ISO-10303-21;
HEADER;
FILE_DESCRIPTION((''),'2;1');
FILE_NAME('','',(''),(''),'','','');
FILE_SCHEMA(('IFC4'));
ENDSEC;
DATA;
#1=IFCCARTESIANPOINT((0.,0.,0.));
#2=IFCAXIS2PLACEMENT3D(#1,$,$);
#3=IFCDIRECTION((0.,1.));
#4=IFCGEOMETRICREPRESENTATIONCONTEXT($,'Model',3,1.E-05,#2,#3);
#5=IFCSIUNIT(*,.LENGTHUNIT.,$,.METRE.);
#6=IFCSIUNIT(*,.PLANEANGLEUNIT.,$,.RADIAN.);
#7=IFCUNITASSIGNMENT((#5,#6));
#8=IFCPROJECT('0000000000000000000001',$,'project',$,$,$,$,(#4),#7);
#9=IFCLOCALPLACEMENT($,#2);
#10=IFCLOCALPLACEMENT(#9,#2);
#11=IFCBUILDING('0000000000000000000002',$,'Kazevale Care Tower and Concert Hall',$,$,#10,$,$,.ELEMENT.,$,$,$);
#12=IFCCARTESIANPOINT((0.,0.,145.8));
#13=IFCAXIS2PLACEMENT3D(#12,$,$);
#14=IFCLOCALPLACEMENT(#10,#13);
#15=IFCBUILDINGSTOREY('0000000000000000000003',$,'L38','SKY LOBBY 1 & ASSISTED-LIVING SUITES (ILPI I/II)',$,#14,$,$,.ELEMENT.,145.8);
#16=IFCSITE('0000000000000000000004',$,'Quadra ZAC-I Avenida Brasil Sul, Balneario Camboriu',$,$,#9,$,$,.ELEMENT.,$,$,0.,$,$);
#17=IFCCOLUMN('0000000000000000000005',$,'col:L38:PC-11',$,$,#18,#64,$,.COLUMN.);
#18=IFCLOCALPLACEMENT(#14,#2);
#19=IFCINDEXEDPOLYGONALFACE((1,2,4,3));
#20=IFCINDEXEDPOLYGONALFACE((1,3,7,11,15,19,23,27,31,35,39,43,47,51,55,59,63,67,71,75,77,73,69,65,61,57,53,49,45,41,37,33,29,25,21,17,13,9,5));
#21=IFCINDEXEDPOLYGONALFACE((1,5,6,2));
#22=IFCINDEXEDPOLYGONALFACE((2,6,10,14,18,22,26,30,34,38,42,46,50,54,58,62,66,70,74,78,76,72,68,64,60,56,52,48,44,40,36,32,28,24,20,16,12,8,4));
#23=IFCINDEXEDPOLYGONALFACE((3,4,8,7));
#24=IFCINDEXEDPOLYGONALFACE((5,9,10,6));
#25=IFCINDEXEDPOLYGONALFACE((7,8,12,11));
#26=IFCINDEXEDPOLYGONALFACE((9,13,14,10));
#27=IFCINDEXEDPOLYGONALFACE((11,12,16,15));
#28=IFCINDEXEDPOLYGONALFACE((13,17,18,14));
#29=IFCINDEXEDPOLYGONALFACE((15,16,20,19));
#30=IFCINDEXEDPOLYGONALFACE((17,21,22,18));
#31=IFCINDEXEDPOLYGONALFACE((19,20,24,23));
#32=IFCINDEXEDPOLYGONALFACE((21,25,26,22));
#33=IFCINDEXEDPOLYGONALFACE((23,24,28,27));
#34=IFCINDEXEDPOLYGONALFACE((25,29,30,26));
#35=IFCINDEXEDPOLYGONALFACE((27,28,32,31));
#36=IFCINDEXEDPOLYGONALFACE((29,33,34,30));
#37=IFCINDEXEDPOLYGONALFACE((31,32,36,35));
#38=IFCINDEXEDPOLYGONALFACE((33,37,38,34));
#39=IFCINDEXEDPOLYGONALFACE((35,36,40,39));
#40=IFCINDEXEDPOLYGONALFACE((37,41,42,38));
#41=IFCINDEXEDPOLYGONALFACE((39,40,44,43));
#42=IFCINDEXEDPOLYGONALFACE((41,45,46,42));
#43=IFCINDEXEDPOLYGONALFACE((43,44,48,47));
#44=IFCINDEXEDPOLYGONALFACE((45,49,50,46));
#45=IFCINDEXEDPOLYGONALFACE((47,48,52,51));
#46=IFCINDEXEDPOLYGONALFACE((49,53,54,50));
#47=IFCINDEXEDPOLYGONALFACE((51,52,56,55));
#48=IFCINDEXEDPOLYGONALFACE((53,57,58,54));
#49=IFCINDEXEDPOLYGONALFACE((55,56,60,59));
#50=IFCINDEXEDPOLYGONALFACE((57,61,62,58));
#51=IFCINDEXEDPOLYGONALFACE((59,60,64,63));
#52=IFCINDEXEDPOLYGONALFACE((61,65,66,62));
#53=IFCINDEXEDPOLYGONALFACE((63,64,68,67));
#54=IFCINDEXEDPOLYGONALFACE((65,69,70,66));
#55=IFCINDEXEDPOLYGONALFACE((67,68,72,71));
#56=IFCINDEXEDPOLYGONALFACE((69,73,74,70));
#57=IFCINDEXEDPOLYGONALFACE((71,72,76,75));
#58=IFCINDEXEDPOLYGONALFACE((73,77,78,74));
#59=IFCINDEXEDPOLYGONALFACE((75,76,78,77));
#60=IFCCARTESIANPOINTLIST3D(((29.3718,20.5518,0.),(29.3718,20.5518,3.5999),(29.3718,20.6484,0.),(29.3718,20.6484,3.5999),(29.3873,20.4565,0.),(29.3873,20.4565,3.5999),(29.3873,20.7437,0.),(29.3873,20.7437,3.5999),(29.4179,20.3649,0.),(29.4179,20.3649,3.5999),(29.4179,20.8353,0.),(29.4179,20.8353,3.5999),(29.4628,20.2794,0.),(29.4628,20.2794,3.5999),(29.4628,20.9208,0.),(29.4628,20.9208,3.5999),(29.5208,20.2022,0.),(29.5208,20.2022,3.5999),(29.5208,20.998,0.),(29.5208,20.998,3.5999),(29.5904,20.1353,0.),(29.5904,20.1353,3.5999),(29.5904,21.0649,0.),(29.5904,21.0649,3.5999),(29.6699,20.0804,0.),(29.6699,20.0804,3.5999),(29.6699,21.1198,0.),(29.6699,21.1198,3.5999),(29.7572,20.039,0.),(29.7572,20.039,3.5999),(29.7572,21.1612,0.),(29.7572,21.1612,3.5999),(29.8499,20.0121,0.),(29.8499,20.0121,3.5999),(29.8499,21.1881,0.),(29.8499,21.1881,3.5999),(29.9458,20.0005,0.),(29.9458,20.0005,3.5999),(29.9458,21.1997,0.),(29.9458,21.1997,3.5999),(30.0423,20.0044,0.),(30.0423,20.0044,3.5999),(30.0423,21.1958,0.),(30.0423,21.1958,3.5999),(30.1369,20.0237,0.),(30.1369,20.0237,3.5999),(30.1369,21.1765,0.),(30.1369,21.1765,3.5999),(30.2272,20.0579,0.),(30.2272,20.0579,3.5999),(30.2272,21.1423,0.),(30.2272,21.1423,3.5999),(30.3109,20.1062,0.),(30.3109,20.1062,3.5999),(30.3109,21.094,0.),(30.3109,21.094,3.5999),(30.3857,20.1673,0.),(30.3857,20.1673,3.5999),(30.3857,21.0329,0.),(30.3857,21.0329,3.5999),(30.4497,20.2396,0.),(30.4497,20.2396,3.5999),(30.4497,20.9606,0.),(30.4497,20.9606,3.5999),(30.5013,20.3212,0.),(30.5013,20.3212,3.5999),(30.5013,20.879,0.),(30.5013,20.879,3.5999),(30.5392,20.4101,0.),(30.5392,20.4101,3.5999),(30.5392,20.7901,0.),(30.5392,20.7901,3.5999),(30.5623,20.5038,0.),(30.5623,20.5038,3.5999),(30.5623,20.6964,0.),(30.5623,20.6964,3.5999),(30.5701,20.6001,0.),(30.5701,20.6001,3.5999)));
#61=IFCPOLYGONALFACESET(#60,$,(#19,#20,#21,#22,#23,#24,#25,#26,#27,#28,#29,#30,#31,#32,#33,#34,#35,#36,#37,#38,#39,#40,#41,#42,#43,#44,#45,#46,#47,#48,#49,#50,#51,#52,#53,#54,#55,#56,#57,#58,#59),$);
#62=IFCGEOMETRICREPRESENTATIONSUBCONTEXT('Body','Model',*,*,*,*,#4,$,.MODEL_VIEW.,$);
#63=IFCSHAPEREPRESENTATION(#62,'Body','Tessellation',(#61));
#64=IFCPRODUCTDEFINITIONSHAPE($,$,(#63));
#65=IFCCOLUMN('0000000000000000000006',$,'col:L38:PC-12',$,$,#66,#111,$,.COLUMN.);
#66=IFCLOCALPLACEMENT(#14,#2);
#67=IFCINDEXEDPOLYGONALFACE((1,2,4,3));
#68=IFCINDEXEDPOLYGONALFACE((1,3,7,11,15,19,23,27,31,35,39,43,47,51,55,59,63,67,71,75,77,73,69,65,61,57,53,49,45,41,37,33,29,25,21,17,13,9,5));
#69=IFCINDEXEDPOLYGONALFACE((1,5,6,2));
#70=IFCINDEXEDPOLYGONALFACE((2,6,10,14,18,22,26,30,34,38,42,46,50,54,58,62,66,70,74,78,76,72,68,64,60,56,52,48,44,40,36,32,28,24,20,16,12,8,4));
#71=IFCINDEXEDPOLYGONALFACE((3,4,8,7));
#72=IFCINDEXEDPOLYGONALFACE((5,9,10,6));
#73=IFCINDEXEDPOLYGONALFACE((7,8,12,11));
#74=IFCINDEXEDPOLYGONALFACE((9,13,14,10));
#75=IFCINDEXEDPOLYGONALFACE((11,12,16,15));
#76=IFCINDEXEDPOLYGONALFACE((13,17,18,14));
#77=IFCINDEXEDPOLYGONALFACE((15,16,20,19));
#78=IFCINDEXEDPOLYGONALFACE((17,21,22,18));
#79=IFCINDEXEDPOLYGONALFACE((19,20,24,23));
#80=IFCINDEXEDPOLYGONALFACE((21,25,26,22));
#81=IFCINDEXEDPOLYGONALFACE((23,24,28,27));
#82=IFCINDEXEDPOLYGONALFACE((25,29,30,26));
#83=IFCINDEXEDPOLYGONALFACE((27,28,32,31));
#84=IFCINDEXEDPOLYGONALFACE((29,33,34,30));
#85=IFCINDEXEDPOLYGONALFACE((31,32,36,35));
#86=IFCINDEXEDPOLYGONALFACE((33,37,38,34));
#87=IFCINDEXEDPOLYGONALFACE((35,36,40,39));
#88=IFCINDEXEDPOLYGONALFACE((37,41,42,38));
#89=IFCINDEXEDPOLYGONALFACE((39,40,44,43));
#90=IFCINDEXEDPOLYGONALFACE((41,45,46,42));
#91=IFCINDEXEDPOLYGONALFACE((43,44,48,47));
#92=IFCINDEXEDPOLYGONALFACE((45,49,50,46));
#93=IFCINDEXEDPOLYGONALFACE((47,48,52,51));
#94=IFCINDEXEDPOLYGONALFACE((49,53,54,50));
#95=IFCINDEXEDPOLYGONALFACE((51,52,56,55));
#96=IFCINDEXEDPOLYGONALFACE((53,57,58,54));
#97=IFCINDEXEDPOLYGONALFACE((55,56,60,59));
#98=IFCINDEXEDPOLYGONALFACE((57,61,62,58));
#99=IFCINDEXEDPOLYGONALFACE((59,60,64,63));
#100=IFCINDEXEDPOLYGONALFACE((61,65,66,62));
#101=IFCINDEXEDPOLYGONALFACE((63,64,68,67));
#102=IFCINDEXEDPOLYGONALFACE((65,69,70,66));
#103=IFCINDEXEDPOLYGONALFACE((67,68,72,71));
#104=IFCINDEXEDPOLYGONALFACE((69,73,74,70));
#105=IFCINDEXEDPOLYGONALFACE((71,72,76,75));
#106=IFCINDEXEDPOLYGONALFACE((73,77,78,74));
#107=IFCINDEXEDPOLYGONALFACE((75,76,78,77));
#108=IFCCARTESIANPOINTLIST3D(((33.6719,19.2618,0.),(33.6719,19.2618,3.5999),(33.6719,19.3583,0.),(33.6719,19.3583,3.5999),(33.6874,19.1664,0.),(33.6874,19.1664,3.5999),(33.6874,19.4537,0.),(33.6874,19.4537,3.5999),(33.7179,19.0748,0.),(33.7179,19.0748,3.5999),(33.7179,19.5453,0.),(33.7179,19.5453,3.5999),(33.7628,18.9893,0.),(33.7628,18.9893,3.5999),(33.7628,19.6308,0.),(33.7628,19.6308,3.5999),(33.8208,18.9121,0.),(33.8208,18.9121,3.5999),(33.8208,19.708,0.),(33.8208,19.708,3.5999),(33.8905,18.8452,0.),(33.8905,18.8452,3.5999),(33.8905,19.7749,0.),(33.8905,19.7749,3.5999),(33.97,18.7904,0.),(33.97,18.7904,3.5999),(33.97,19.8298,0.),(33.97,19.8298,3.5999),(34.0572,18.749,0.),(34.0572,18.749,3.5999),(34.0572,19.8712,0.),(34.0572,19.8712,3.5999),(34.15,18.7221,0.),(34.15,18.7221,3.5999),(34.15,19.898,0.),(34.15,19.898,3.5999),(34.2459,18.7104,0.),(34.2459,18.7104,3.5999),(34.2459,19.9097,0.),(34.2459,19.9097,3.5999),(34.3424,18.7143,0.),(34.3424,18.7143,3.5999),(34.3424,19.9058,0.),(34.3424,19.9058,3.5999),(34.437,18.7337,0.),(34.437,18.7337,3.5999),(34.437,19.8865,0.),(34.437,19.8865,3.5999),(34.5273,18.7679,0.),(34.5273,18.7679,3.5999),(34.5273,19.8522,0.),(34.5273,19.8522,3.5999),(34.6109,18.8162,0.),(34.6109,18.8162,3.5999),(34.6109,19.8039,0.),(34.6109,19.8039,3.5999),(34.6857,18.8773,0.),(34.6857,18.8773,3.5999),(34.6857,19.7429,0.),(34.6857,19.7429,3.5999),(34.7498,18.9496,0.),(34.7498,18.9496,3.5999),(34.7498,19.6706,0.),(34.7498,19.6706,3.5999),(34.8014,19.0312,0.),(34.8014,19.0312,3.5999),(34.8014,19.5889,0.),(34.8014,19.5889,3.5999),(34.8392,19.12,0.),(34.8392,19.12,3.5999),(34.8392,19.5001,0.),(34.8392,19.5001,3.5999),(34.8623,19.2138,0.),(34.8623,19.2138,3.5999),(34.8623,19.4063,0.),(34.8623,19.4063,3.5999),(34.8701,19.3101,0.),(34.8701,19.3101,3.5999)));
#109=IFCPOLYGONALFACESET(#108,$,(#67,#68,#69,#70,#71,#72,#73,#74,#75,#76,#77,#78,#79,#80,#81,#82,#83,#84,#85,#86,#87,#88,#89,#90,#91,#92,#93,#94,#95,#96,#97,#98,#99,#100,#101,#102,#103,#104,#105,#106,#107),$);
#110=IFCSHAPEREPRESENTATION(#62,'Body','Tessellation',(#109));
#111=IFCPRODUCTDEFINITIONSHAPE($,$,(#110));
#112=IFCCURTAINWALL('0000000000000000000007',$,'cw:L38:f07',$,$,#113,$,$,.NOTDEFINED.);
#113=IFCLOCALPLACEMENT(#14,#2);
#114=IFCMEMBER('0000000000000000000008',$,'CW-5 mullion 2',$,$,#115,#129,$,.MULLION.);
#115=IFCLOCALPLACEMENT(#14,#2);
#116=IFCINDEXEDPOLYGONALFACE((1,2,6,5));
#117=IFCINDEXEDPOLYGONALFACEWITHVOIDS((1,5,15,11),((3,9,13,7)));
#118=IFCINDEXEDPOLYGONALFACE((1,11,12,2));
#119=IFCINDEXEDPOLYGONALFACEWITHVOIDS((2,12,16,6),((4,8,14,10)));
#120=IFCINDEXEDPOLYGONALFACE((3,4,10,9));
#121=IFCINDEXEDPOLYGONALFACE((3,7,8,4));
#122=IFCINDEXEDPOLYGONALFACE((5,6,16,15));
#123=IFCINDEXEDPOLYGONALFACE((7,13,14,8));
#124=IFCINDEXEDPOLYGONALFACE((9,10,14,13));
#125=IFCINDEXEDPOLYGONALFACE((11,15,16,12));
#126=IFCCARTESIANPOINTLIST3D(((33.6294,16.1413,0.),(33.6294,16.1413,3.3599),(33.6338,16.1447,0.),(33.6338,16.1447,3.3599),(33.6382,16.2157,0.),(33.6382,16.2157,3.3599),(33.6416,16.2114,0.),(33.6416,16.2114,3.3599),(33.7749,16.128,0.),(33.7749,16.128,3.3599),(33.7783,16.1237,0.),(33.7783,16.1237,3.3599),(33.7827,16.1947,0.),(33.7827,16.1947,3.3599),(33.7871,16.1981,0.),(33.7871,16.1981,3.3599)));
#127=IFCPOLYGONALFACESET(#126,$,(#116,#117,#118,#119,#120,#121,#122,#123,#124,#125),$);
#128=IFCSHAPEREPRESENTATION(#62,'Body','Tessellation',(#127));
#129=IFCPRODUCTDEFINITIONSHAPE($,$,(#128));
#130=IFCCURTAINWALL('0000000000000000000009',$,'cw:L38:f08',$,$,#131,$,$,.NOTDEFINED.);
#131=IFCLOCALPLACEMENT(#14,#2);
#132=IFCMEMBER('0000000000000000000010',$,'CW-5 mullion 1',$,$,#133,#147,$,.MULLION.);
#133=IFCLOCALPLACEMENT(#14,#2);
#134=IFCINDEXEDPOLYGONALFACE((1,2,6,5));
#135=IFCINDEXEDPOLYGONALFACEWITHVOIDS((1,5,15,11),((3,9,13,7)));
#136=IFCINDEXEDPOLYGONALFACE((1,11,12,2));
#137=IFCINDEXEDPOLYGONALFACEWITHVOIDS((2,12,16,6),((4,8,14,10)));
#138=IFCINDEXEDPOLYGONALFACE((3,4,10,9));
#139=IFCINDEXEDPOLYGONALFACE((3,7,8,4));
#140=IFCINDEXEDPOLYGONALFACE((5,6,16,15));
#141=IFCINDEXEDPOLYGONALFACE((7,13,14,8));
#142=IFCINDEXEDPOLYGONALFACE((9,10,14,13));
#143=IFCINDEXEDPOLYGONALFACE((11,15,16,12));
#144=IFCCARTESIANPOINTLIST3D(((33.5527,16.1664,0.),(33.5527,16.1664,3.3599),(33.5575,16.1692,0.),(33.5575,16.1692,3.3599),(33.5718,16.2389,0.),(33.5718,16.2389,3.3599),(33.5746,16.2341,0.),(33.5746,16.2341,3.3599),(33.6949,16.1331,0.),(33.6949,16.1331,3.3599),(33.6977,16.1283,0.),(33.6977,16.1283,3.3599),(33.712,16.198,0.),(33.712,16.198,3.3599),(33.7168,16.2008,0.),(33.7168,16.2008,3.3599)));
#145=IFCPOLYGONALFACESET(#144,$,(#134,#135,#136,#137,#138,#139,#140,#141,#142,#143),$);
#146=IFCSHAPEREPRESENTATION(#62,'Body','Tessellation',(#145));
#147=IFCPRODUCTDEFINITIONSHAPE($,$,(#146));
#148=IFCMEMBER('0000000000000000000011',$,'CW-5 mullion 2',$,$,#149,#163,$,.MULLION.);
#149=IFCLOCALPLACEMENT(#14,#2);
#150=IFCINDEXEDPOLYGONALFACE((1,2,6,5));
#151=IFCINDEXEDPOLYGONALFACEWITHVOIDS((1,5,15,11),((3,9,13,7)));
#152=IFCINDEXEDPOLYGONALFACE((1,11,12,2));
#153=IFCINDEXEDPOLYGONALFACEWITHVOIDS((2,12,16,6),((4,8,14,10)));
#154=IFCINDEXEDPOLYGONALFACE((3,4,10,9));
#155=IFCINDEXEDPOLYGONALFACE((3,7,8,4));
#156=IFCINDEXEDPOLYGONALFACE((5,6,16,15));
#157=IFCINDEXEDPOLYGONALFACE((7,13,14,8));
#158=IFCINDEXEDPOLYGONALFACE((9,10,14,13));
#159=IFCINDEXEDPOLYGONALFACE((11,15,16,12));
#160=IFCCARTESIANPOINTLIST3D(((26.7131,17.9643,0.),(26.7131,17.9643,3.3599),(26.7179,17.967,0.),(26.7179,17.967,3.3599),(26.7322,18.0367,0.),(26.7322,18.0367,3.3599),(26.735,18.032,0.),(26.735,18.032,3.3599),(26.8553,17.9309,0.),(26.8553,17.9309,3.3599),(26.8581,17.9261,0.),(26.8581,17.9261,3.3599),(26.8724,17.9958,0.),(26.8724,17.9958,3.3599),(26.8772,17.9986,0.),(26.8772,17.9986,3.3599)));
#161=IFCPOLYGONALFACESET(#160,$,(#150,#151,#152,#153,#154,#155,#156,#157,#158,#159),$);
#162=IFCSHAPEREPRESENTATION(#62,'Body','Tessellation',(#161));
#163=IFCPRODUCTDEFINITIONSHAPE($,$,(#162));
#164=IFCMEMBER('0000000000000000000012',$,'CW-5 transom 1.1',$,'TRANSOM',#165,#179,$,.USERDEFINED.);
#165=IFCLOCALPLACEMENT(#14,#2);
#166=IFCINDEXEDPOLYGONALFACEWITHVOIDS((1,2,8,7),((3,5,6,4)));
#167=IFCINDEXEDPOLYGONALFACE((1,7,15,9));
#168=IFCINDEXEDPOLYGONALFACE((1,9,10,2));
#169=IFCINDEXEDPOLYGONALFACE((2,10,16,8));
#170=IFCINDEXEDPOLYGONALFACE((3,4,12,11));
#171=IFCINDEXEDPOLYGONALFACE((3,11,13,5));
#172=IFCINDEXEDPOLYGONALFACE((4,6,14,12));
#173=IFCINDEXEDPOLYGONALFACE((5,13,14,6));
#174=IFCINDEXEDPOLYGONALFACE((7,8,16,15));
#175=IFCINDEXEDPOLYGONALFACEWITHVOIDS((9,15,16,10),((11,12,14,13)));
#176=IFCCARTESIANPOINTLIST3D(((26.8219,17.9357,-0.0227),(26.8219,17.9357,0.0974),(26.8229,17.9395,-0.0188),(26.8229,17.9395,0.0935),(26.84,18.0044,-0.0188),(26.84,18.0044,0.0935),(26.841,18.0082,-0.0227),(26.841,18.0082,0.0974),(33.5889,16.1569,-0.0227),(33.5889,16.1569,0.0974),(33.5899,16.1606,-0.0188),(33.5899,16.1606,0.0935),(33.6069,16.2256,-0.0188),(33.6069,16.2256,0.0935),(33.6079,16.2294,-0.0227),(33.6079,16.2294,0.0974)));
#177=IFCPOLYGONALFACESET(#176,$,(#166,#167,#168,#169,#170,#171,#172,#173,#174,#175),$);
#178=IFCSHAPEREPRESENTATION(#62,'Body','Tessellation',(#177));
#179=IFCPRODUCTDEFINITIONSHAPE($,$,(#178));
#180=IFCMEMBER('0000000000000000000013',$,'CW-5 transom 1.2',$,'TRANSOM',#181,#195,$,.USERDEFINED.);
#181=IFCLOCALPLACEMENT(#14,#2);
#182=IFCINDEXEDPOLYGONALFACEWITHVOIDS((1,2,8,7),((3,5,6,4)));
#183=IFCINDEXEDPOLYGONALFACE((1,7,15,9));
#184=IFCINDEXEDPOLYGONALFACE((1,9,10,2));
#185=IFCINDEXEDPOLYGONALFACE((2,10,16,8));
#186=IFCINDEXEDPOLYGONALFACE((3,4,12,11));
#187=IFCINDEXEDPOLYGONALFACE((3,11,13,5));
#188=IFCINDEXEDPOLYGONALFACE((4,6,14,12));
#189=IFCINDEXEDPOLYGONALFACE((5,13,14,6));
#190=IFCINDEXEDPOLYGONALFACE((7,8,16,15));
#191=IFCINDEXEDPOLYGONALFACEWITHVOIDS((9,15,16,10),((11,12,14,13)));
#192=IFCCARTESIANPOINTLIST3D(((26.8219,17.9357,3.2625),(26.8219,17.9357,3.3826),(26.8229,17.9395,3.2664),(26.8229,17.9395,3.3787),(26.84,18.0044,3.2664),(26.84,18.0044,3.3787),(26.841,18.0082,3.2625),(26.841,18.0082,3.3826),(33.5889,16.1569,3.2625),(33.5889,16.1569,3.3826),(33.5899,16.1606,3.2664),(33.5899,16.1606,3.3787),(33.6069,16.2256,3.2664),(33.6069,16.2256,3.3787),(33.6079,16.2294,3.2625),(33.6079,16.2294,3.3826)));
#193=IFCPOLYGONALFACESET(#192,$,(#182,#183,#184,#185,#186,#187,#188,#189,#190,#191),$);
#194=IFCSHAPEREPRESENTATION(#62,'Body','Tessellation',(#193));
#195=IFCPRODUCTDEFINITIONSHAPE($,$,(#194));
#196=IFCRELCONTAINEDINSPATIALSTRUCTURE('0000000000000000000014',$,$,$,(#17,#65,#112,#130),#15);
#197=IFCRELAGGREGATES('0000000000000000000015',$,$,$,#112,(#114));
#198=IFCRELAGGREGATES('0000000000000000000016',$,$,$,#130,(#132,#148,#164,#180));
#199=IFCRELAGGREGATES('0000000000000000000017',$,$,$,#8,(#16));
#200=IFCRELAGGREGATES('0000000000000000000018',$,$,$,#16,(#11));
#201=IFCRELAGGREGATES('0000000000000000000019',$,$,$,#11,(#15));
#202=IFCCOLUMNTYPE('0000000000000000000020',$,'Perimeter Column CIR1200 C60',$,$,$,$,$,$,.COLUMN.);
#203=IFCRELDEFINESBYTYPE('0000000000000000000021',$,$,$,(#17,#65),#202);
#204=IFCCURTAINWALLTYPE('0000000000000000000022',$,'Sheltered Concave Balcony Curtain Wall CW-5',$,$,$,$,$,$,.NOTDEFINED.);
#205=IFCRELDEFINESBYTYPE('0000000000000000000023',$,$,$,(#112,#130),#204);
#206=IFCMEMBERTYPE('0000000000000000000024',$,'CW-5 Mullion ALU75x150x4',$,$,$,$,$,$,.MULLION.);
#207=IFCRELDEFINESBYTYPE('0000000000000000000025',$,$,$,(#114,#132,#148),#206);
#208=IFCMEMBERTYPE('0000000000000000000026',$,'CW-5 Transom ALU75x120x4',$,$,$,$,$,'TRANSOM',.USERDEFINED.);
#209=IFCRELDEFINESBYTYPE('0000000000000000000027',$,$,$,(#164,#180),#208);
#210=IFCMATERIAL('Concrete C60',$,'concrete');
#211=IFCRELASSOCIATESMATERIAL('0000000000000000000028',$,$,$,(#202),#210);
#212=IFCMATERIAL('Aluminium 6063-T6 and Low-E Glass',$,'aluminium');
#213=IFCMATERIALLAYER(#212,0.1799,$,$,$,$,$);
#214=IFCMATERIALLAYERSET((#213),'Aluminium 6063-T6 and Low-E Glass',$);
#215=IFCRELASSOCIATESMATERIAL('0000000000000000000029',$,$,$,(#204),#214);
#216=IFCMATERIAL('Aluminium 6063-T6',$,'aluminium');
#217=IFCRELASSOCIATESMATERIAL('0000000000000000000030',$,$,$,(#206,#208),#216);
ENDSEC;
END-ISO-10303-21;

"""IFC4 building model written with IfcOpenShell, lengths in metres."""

from ifc_helpers import new_model, si_unit, direction, frame, origin, origin_2d, place, context, subcontext, project, spatial, hollow_rectangle, circle, extrude, material, layer, layer_set, material_profile, profile_set, type_object, element, aggregate, save


model = new_model("IFC4")

# Units and contexts
model_context = context("Model", 3, precision=1e-05, world=origin(), true_north=direction((0.0, 1.0)))
body_context = subcontext(model_context, "Body", "Model", "MODEL_VIEW")
ifc_project = project(units=[si_unit("LENGTHUNIT", "METRE"), si_unit("PLANEANGLEUNIT", "RADIAN")], contexts=[model_context])

# Site, building, storey
site_placement = place(None, origin())
site = spatial("IfcSite", under=ifc_project, at=site_placement, Name="Quadra ZAC-I Avenida Brasil Sul, Balneario Camboriu", CompositionType="ELEMENT", RefElevation=0.0)
building_placement = place(site_placement, origin())
building = spatial("IfcBuilding", under=site, at=building_placement, Name="Kazevale Care Tower and Concert Hall", CompositionType="ELEMENT")
storey_placement = place(building_placement, frame((0.0, 0.0, 145.8)))
storey = spatial("IfcBuildingStorey", under=building, at=storey_placement, Name="L38", Description="SKY LOBBY 1 & ASSISTED-LIVING SUITES (ILPI I/II)", CompositionType="ELEMENT", Elevation=145.8)

# Columns
ifc_material_1 = material(Name="Concrete C60", Category="concrete")
ifc_material_profile_1 = material_profile(ifc_material_1, circle(Radius=0.6001, at=origin_2d()), Name="RC-CIR1200")
ifc_profile_set_1 = profile_set([ifc_material_profile_1], Name="Concrete C60")
column_type = type_object("IfcColumnType", Name="Perimeter Column CIR1200 C60", PredefinedType="COLUMN", material=ifc_profile_set_1)
for number, where, z_axis, x_axis, name in (
    (1, (29.97, 20.6001, 0.0), (0.0, 0.0, 1.0), (1.0, 0.0, 0.0), "col:L38:PC-11"),
    (2, (34.27, 19.3101, 0.0), (0.0, 0.0, 1.0), (1.0, 0.0, 0.0), "col:L38:PC-12"),
):
    element("IfcColumn", number, at=place(storey_placement, frame(where, z_axis=z_axis, x_axis=x_axis)), inside=storey, type_object=column_type, Name=name, PredefinedType="COLUMN", context=body_context, shape_type="SweptSolid", body=[
        extrude(circle(Radius=0.6001, at=origin_2d()), origin(), (0.0, 0.0, 1.0), 3.5999),
    ])

# Curtain wall, member
ifc_material_2 = material(Name="Aluminium 6063-T6 and Low-E Glass", Category="aluminium")
ifc_layer_1 = layer(ifc_material_2, 0.1799)
ifc_layer_set_1 = layer_set([ifc_layer_1], Name="Aluminium 6063-T6 and Low-E Glass")
curtain_wall_type = type_object("IfcCurtainWallType", Name="Sheltered Concave Balcony Curtain Wall CW-5", PredefinedType="NOTDEFINED", material=ifc_layer_set_1)
curtain_wall_1_placement = place(storey_placement, origin())
curtain_wall_1 = element("IfcCurtainWall", 3, at=curtain_wall_1_placement, inside=storey, type_object=curtain_wall_type, Name="cw:L38:f07", PredefinedType="NOTDEFINED")
ifc_material_3 = material(Name="Aluminium 6063-T6", Category="aluminium")
ifc_material_profile_2 = material_profile(ifc_material_3, hollow_rectangle(XDim=0.075, YDim=0.1499, WallThickness=0.0039, at=origin_2d()), Name="ALU75x150x4")
ifc_profile_set_2 = profile_set([ifc_material_profile_2], Name="Aluminium 6063-T6")
member_type_1 = type_object("IfcMemberType", Name="CW-5 Mullion ALU75x150x4", PredefinedType="MULLION", material=ifc_profile_set_2)
member_1_placement = place(storey_placement, frame((33.7083, 16.1697, 0.0), z_axis=(0.0, 0.0, 1.0), x_axis=(-0.117372, -0.993088, 0.0)))
member_1 = element("IfcMember", 4, at=member_1_placement, type_object=member_type_1, Name="CW-5 mullion 2", PredefinedType="MULLION", context=body_context, shape_type="SweptSolid", body=[
    extrude(hollow_rectangle(XDim=0.075, YDim=0.1499, WallThickness=0.0039, at=origin_2d()), origin(), (0.0, 0.0, 1.0), 3.3599),
])
aggregate(curtain_wall_1, [member_1])

# Curtain wall, members
curtain_wall_2_placement = place(storey_placement, origin())
curtain_wall_2 = element("IfcCurtainWall", 5, at=curtain_wall_2_placement, inside=storey, type_object=curtain_wall_type, Name="cw:L38:f08", PredefinedType="NOTDEFINED")
member_2_placement = place(storey_placement, frame((33.6348, 16.1836, 0.0), z_axis=(0.0, 0.0, 1.0), x_axis=(-0.254238, -0.967142, 0.0)))
member_2 = element("IfcMember", 6, at=member_2_placement, type_object=member_type_1, Name="CW-5 mullion 1", PredefinedType="MULLION", context=body_context, shape_type="SweptSolid", body=[
    extrude(hollow_rectangle(XDim=0.075, YDim=0.1499, WallThickness=0.0039, at=origin_2d()), origin(), (0.0, 0.0, 1.0), 3.3599),
])
member_3_placement = place(storey_placement, frame((26.7952, 17.9814, 0.0), z_axis=(0.0, 0.0, 1.0), x_axis=(-0.254238, -0.967142, 0.0)))
member_3 = element("IfcMember", 7, at=member_3_placement, type_object=member_type_1, Name="CW-5 mullion 2", PredefinedType="MULLION", context=body_context, shape_type="SweptSolid", body=[
    extrude(hollow_rectangle(XDim=0.075, YDim=0.1499, WallThickness=0.0039, at=origin_2d()), origin(), (0.0, 0.0, 1.0), 3.3599),
])
ifc_material_profile_3 = material_profile(ifc_material_3, hollow_rectangle(XDim=0.075, YDim=0.1201, WallThickness=0.0039, at=origin_2d()), Name="ALU75x120x4")
ifc_profile_set_3 = profile_set([ifc_material_profile_3], Name="Aluminium 6063-T6")
member_type_2 = type_object("IfcMemberType", Name="CW-5 Transom ALU75x120x4", ElementType="TRANSOM", PredefinedType="USERDEFINED", material=ifc_profile_set_3)
member_4_placement = place(storey_placement, frame((33.5984, 16.1931, 0.0374), z_axis=(-0.967143, 0.254234, 0.0), x_axis=(-0.254234, -0.967143, 0.0)))
member_4 = element("IfcMember", 8, at=member_4_placement, type_object=member_type_2, Name="CW-5 transom 1.1", ObjectType="TRANSOM", PredefinedType="USERDEFINED", context=body_context, shape_type="SweptSolid", body=[
    extrude(hollow_rectangle(XDim=0.075, YDim=0.1201, WallThickness=0.0039, at=origin_2d()), origin(), (0.0, 0.0, 1.0), 6.9968),
])
member_5_placement = place(storey_placement, frame((33.5984, 16.1931, 3.3225), z_axis=(-0.967143, 0.254234, 0.0), x_axis=(-0.254234, -0.967143, 0.0)))
member_5 = element("IfcMember", 9, at=member_5_placement, type_object=member_type_2, Name="CW-5 transom 1.2", ObjectType="TRANSOM", PredefinedType="USERDEFINED", context=body_context, shape_type="SweptSolid", body=[
    extrude(hollow_rectangle(XDim=0.075, YDim=0.1201, WallThickness=0.0039, at=origin_2d()), origin(), (0.0, 0.0, 1.0), 6.9968),
])

aggregate(curtain_wall_2, [member_2, member_3, member_4, member_5])

save(model, "model.ifc")
